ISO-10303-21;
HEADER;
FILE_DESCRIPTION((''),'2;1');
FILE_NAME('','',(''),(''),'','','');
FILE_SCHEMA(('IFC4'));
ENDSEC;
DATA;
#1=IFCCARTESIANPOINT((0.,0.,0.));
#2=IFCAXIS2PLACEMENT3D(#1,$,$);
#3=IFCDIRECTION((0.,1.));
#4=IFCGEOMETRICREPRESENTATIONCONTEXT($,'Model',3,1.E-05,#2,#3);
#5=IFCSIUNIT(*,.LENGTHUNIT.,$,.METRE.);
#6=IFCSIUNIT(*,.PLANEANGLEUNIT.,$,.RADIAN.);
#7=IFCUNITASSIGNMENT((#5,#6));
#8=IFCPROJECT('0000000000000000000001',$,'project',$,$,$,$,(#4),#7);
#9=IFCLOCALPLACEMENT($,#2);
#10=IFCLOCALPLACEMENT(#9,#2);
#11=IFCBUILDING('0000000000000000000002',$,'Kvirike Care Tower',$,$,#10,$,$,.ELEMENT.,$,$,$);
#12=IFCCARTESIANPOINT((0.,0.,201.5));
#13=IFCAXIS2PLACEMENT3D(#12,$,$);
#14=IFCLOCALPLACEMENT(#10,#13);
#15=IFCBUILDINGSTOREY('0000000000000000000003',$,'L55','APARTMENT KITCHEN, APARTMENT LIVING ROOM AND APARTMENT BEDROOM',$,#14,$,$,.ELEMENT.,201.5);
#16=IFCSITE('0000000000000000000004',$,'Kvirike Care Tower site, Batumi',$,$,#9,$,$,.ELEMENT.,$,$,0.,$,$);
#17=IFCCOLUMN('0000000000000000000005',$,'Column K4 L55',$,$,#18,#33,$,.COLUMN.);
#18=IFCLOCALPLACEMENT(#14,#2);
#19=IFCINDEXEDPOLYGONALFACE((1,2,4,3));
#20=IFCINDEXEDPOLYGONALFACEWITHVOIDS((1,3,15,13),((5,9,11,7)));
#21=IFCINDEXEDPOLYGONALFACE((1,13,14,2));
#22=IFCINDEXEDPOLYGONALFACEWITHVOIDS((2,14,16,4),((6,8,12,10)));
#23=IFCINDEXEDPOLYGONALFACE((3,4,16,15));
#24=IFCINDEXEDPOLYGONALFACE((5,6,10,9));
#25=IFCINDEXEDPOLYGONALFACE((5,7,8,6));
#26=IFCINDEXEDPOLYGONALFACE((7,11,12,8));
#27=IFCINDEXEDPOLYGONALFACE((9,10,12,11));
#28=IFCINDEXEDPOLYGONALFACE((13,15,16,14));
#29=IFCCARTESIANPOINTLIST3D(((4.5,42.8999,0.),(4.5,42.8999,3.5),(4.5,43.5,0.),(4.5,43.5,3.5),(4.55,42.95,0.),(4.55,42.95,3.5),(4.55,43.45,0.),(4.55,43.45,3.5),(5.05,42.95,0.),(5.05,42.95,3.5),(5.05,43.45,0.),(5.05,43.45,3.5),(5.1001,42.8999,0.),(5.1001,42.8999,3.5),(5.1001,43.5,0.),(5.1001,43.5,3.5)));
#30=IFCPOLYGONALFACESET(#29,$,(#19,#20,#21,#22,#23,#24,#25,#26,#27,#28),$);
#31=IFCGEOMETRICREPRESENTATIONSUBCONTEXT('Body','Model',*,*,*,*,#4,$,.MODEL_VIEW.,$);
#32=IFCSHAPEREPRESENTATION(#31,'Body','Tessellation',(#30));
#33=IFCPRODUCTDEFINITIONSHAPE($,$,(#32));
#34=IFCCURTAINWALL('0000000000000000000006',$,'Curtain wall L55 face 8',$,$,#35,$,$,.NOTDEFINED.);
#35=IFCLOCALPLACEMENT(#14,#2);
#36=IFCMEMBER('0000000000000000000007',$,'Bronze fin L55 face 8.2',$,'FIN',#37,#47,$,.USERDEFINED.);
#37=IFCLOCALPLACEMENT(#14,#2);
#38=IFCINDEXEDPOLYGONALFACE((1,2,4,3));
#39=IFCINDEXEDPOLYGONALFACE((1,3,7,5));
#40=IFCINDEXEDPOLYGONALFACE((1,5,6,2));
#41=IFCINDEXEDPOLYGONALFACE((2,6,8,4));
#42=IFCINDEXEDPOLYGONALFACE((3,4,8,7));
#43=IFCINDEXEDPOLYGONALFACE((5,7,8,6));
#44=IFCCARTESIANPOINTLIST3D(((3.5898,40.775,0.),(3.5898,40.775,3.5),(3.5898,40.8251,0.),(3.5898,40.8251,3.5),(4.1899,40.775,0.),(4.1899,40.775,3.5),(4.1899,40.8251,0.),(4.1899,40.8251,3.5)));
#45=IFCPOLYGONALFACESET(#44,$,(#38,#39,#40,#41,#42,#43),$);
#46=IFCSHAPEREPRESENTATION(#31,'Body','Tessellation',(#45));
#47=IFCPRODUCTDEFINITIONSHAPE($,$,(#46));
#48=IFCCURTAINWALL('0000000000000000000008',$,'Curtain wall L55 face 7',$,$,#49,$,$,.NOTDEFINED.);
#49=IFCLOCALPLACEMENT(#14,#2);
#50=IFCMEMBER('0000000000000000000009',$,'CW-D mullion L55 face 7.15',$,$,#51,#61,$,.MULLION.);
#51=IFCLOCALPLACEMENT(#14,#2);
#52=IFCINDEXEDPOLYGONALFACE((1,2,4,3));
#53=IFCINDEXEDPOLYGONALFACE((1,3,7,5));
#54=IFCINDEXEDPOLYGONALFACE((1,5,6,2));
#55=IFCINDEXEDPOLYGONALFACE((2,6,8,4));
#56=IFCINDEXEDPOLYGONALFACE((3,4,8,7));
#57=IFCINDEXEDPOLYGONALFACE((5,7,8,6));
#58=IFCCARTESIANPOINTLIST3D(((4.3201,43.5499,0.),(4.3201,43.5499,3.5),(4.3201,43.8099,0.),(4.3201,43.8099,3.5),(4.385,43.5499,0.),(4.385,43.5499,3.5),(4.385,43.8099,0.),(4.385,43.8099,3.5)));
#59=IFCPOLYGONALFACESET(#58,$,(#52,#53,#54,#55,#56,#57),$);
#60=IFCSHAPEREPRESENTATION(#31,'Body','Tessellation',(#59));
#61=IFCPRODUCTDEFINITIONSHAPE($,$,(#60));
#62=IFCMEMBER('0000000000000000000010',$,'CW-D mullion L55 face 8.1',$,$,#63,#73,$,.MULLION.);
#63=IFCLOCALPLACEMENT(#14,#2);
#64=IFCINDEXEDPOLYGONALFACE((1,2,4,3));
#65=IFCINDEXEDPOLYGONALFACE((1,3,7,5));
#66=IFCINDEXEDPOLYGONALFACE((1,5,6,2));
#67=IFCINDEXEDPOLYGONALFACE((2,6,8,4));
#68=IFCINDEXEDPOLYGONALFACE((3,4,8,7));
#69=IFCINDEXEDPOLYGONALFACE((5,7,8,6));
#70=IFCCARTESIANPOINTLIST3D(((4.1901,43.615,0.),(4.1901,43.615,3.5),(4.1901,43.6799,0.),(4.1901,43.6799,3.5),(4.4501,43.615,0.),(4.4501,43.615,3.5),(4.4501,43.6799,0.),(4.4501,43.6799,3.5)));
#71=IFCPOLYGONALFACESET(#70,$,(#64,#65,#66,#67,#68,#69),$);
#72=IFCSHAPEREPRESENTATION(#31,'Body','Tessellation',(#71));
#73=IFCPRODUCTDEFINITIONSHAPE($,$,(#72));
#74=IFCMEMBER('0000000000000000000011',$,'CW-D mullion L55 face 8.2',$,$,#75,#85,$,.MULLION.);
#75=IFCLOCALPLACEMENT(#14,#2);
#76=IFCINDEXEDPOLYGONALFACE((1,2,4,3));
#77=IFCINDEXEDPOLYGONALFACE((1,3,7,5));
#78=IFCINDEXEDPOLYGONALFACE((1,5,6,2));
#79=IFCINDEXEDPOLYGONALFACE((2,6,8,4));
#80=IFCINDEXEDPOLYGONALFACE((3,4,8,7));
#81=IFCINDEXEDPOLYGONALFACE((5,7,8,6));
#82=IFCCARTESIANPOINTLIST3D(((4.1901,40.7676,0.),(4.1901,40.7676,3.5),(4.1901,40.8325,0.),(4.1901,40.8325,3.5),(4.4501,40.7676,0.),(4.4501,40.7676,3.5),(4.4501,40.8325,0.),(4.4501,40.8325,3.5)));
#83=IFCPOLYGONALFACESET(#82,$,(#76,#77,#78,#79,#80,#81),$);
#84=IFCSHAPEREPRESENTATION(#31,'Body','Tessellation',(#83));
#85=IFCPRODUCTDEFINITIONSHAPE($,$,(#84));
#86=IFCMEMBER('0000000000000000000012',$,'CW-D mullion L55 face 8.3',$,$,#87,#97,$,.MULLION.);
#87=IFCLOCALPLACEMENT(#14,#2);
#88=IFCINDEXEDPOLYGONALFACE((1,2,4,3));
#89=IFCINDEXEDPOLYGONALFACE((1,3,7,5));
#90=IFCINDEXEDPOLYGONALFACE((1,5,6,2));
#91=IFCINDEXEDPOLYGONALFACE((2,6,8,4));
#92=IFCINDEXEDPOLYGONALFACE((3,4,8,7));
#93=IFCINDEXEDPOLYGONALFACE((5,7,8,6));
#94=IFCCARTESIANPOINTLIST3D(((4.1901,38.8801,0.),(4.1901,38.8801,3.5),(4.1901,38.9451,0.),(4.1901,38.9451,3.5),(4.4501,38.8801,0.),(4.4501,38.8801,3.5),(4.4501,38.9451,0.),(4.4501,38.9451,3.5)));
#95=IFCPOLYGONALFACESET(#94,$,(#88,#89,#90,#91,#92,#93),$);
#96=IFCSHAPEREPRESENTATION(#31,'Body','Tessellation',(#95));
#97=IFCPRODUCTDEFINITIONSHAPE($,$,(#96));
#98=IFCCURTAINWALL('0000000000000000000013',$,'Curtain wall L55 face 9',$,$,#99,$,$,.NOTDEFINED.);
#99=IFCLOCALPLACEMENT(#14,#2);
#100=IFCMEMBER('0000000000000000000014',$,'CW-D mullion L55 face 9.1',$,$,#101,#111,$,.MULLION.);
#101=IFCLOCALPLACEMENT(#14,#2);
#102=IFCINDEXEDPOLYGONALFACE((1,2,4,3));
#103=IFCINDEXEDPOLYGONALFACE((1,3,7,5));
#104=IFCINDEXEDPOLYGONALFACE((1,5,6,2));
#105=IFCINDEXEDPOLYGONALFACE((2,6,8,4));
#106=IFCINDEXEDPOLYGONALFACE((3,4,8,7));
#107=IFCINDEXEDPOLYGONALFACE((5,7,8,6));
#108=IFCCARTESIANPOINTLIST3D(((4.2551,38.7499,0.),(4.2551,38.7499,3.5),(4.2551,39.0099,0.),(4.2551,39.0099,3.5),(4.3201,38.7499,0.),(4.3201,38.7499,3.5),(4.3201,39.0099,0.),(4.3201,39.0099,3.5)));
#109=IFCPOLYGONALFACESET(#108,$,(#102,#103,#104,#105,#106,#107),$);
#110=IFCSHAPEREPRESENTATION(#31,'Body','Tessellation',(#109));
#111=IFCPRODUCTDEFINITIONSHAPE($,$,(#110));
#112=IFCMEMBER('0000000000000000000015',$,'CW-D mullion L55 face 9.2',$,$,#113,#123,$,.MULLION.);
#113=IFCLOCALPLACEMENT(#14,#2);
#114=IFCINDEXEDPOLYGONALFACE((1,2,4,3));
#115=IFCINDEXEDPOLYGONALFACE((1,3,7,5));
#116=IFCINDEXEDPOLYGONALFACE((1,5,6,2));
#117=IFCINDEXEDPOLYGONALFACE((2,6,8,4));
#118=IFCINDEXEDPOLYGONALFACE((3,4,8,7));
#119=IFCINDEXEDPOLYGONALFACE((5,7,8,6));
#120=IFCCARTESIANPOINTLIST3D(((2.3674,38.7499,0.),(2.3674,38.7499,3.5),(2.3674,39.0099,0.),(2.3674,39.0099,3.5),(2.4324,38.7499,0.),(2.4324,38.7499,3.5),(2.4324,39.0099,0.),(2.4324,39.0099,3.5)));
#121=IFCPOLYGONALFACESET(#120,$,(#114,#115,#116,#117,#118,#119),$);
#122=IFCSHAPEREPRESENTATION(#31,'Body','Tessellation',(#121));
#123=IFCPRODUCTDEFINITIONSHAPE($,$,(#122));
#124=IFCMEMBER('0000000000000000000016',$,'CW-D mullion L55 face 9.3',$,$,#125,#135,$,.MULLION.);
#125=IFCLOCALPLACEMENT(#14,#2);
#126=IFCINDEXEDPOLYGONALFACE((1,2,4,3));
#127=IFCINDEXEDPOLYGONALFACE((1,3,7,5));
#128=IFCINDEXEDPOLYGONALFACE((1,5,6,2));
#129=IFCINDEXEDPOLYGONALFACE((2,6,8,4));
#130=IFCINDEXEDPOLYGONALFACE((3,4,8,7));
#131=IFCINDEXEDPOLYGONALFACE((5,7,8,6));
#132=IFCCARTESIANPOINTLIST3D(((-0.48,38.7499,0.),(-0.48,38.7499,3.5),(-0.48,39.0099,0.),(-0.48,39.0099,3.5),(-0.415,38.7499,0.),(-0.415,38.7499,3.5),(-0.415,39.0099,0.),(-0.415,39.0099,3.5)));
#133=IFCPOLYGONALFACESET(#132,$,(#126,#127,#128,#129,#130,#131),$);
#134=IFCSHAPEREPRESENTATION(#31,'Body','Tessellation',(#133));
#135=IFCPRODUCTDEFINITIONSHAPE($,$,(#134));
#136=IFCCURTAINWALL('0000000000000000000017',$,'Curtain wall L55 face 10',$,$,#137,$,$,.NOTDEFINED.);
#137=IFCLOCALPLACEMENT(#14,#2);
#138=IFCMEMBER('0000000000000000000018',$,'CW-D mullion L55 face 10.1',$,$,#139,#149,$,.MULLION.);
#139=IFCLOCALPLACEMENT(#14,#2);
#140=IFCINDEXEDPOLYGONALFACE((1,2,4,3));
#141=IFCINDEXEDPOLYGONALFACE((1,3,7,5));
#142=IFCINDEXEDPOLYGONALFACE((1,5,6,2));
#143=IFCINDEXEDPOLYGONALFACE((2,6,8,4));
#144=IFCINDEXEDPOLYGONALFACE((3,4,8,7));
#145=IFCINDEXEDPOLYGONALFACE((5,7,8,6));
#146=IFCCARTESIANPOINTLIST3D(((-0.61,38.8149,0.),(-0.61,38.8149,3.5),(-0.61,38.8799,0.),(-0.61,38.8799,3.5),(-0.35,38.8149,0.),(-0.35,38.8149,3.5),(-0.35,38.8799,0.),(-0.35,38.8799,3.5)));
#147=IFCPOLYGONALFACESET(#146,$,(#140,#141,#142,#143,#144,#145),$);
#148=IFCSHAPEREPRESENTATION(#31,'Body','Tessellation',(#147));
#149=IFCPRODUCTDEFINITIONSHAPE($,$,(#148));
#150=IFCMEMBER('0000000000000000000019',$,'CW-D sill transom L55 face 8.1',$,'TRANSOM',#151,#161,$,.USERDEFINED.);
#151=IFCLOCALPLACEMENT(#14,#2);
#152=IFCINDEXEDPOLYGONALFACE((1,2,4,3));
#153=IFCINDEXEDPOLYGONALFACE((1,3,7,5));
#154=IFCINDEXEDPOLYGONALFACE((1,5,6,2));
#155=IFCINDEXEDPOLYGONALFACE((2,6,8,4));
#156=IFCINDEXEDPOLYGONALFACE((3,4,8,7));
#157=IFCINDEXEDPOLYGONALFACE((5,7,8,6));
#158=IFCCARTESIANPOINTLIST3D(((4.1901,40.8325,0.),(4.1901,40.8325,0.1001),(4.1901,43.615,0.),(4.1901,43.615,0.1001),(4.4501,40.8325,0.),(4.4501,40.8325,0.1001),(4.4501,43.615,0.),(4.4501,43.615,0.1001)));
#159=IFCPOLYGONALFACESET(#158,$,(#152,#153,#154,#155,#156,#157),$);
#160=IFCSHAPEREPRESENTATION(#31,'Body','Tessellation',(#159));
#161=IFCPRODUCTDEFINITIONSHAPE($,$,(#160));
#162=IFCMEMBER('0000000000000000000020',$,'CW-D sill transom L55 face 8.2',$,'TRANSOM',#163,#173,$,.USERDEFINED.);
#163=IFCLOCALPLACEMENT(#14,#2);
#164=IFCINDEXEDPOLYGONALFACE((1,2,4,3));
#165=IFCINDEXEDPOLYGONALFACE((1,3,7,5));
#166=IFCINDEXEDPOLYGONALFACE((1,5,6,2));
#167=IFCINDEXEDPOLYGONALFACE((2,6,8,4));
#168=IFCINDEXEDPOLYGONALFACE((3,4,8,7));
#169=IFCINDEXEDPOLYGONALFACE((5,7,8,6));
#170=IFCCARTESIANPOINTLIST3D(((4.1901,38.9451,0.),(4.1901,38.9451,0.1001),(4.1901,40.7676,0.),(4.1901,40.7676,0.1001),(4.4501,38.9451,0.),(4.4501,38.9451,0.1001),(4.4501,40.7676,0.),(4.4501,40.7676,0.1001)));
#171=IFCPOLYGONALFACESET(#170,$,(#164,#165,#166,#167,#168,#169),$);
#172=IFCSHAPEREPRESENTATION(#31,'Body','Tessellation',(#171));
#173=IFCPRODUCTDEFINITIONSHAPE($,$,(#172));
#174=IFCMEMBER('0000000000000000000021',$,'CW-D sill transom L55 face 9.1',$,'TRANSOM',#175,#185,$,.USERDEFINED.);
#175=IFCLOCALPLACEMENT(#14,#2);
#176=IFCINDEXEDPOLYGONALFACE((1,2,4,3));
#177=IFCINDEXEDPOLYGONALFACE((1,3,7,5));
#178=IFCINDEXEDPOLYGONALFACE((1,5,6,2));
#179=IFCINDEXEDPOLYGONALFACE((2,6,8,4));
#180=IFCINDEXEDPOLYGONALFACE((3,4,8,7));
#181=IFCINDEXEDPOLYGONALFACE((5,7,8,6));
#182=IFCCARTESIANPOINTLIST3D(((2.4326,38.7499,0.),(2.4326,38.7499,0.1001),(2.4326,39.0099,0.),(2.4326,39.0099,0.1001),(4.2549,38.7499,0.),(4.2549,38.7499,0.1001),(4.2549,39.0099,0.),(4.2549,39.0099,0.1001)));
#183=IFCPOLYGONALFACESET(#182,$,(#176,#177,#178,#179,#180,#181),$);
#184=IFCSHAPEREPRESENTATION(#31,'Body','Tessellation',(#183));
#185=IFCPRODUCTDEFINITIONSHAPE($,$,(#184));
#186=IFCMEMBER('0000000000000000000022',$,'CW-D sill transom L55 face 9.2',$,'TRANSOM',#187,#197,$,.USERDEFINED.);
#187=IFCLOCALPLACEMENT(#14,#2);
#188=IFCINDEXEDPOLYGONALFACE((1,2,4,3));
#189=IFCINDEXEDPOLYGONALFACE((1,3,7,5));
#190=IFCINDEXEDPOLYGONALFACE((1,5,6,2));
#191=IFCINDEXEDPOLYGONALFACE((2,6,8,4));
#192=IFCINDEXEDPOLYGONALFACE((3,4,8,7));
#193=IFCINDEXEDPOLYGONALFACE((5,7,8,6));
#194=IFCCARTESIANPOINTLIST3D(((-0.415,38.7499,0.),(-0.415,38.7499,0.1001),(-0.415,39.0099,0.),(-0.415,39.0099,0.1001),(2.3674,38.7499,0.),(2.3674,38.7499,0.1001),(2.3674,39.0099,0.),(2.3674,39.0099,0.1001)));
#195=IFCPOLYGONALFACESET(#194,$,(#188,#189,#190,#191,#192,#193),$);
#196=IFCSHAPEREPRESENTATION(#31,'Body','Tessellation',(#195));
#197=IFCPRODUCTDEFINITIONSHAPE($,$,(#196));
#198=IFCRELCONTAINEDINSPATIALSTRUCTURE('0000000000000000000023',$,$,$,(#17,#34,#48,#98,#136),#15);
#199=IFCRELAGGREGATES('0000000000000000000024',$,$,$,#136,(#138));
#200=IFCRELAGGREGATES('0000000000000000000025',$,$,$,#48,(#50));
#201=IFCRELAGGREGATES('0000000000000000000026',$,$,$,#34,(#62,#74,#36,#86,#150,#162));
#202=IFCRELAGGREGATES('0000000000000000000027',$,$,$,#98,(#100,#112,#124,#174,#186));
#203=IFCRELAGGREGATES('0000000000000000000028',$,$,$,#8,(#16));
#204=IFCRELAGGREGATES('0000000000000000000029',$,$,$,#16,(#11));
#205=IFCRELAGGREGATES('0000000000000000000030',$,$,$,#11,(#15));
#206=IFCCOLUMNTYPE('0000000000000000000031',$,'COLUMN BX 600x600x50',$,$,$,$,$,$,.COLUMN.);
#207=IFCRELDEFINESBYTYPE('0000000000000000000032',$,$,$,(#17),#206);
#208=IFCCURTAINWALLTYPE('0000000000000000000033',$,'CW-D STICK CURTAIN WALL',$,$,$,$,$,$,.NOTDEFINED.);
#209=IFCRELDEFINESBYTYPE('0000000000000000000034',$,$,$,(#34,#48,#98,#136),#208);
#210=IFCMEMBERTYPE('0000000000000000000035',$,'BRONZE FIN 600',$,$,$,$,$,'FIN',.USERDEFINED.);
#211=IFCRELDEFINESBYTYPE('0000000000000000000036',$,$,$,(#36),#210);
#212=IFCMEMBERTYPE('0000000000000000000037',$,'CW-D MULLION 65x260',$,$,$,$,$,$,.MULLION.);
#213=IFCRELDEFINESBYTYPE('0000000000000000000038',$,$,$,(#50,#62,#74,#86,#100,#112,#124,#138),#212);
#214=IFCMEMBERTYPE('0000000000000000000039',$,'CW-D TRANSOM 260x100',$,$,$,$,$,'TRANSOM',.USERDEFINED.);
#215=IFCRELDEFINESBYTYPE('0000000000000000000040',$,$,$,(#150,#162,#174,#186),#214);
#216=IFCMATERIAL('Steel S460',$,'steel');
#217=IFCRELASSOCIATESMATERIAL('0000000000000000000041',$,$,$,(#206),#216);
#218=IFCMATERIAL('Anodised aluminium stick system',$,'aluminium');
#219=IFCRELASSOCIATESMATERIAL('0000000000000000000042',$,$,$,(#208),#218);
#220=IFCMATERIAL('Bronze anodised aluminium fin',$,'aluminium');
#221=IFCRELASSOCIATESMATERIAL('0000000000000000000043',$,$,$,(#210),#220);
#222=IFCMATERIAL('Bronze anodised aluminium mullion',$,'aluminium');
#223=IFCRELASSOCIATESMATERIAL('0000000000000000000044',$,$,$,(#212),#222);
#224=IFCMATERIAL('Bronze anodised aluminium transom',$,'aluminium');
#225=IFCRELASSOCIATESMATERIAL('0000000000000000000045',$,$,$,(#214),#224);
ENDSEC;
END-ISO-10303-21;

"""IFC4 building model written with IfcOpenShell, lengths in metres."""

from ifc_helpers import new_model, si_unit, direction, frame, origin, origin_2d, place, context, subcontext, project, spatial, rectangle, hollow_rectangle, extrude, material, material_profile, profile_set, type_object, element, aggregate, save


model = new_model("IFC4")

# Units and contexts
model_context = context("Model", 3, precision=1e-05, world=origin(), true_north=direction((0.0, 1.0)))
body_context = subcontext(model_context, "Body", "Model", "MODEL_VIEW")
ifc_project = project(units=[si_unit("LENGTHUNIT", "METRE"), si_unit("PLANEANGLEUNIT", "RADIAN")], contexts=[model_context])

# Site, building, storey
site_placement = place(None, origin())
site = spatial("IfcSite", under=ifc_project, at=site_placement, Name="Kvirike Care Tower site, Batumi", CompositionType="ELEMENT", RefElevation=0.0)
building_placement = place(site_placement, origin())
building = spatial("IfcBuilding", under=site, at=building_placement, Name="Kvirike Care Tower", CompositionType="ELEMENT")
storey_placement = place(building_placement, frame((0.0, 0.0, 201.5)))
storey = spatial("IfcBuildingStorey", under=building, at=storey_placement, Name="L55", Description="APARTMENT KITCHEN, APARTMENT LIVING ROOM AND APARTMENT BEDROOM", CompositionType="ELEMENT", Elevation=201.5)

# Column
ifc_material_1 = material(Name="Steel S460", Category="steel")
ifc_material_profile_1 = material_profile(ifc_material_1, hollow_rectangle(XDim=0.6001, YDim=0.6001, WallThickness=0.05, at=origin_2d()), Name="BX 600x600x50")
ifc_profile_set_1 = profile_set([ifc_material_profile_1], Name="Steel S460")
column_type = type_object("IfcColumnType", Name="COLUMN BX 600x600x50", PredefinedType="COLUMN", material=ifc_profile_set_1)
column_placement = place(storey_placement, frame((4.8, 43.2, 0.0), z_axis=(0.0, 0.0, 1.0), x_axis=(0.0, 1.0, 0.0)))
element("IfcColumn", 1, at=column_placement, inside=storey, type_object=column_type, Name="Column K4 L55", PredefinedType="COLUMN", context=body_context, shape_type="SweptSolid", body=[
    extrude(hollow_rectangle(XDim=0.6001, YDim=0.6001, WallThickness=0.05, at=origin_2d()), origin(), (0.0, 0.0, 1.0), 3.5),
])

# Curtain walls, members
ifc_material_2 = material(Name="Anodised aluminium stick system", Category="aluminium")
curtain_wall_type = type_object("IfcCurtainWallType", Name="CW-D STICK CURTAIN WALL", PredefinedType="NOTDEFINED", material=ifc_material_2)
curtain_wall_1_placement = place(storey_placement, origin())
curtain_wall_1 = element("IfcCurtainWall", 2, at=curtain_wall_1_placement, inside=storey, type_object=curtain_wall_type, Name="Curtain wall L55 face 8", PredefinedType="NOTDEFINED")
ifc_material_3 = material(Name="Bronze anodised aluminium fin", Category="aluminium")
ifc_material_profile_2 = material_profile(ifc_material_3, rectangle(XDim=0.05, YDim=0.6001, at=origin_2d()), Name="BRONZE FIN 600")
ifc_profile_set_2 = profile_set([ifc_material_profile_2], Name="Bronze anodised aluminium fin")
member_type_1 = type_object("IfcMemberType", Name="BRONZE FIN 600", ElementType="FIN", PredefinedType="USERDEFINED", material=ifc_profile_set_2)
member_1_placement = place(storey_placement, frame((3.8899, 40.8, 0.0), z_axis=(0.0, 0.0, 1.0), x_axis=(0.0, -1.0, 0.0)))
member_1 = element("IfcMember", 3, at=member_1_placement, type_object=member_type_1, Name="Bronze fin L55 face 8.2", ObjectType="FIN", PredefinedType="USERDEFINED", context=body_context, shape_type="SweptSolid", body=[
    extrude(rectangle(XDim=0.05, YDim=0.6001, at=origin_2d()), origin(), (0.0, 0.0, 1.0), 3.5),
])
curtain_wall_2_placement = place(storey_placement, origin())
curtain_wall_2 = element("IfcCurtainWall", 4, at=curtain_wall_2_placement, inside=storey, type_object=curtain_wall_type, Name="Curtain wall L55 face 7", PredefinedType="NOTDEFINED")
ifc_material_4 = material(Name="Bronze anodised aluminium mullion", Category="aluminium")
ifc_material_profile_3 = material_profile(ifc_material_4, rectangle(XDim=0.0649, YDim=0.26, at=origin_2d()), Name="CW-D MULLION 65x260")
ifc_profile_set_3 = profile_set([ifc_material_profile_3], Name="Bronze anodised aluminium mullion")
member_type_2 = type_object("IfcMemberType", Name="CW-D MULLION 65x260", PredefinedType="MULLION", material=ifc_profile_set_3)
member_2_placement = place(storey_placement, frame((4.3525, 43.6799, 0.0), z_axis=(0.0, 0.0, 1.0), x_axis=(-1.0, 0.0, 0.0)))
member_2 = element("IfcMember", 5, at=member_2_placement, type_object=member_type_2, Name="CW-D mullion L55 face 7.15", PredefinedType="MULLION", context=body_context, shape_type="SweptSolid", body=[
    extrude(rectangle(XDim=0.0649, YDim=0.26, at=origin_2d()), origin(), (0.0, 0.0, 1.0), 3.5),
])

# Members
member_3_placement = place(storey_placement, frame((4.3201, 43.6475, 0.0), z_axis=(0.0, 0.0, 1.0), x_axis=(0.0, -1.0, 0.0)))
member_3 = element("IfcMember", 6, at=member_3_placement, type_object=member_type_2, Name="CW-D mullion L55 face 8.1", PredefinedType="MULLION", context=body_context, shape_type="SweptSolid", body=[
    extrude(rectangle(XDim=0.0649, YDim=0.26, at=origin_2d()), origin(), (0.0, 0.0, 1.0), 3.5),
])
member_4_placement = place(storey_placement, frame((4.3201, 40.8, 0.0), z_axis=(0.0, 0.0, 1.0), x_axis=(0.0, -1.0, 0.0)))
member_4 = element("IfcMember", 7, at=member_4_placement, type_object=member_type_2, Name="CW-D mullion L55 face 8.2", PredefinedType="MULLION", context=body_context, shape_type="SweptSolid", body=[
    extrude(rectangle(XDim=0.0649, YDim=0.26, at=origin_2d()), origin(), (0.0, 0.0, 1.0), 3.5),
])
member_5_placement = place(storey_placement, frame((4.3201, 38.9126, 0.0), z_axis=(0.0, 0.0, 1.0), x_axis=(0.0, -1.0, 0.0)))
member_5 = element("IfcMember", 8, at=member_5_placement, type_object=member_type_2, Name="CW-D mullion L55 face 8.3", PredefinedType="MULLION", context=body_context, shape_type="SweptSolid", body=[
    extrude(rectangle(XDim=0.0649, YDim=0.26, at=origin_2d()), origin(), (0.0, 0.0, 1.0), 3.5),
])

# Curtain wall, members
curtain_wall_3_placement = place(storey_placement, origin())
curtain_wall_3 = element("IfcCurtainWall", 9, at=curtain_wall_3_placement, inside=storey, type_object=curtain_wall_type, Name="Curtain wall L55 face 9", PredefinedType="NOTDEFINED")
member_6_placement = place(storey_placement, frame((4.2876, 38.8799, 0.0), z_axis=(0.0, 0.0, 1.0), x_axis=(-1.0, 0.0, 0.0)))
member_6 = element("IfcMember", 10, at=member_6_placement, type_object=member_type_2, Name="CW-D mullion L55 face 9.1", PredefinedType="MULLION", context=body_context, shape_type="SweptSolid", body=[
    extrude(rectangle(XDim=0.0649, YDim=0.26, at=origin_2d()), origin(), (0.0, 0.0, 1.0), 3.5),
])
member_7_placement = place(storey_placement, frame((2.3999, 38.8799, 0.0), z_axis=(0.0, 0.0, 1.0), x_axis=(-1.0, 0.0, 0.0)))
member_7 = element("IfcMember", 11, at=member_7_placement, type_object=member_type_2, Name="CW-D mullion L55 face 9.2", PredefinedType="MULLION", context=body_context, shape_type="SweptSolid", body=[
    extrude(rectangle(XDim=0.0649, YDim=0.26, at=origin_2d()), origin(), (0.0, 0.0, 1.0), 3.5),
])
member_8_placement = place(storey_placement, frame((-0.4475, 38.8799, 0.0), z_axis=(0.0, 0.0, 1.0), x_axis=(-1.0, 0.0, 0.0)))
member_8 = element("IfcMember", 12, at=member_8_placement, type_object=member_type_2, Name="CW-D mullion L55 face 9.3", PredefinedType="MULLION", context=body_context, shape_type="SweptSolid", body=[
    extrude(rectangle(XDim=0.0649, YDim=0.26, at=origin_2d()), origin(), (0.0, 0.0, 1.0), 3.5),
])

# Curtain wall, member
curtain_wall_4_placement = place(storey_placement, origin())
curtain_wall_4 = element("IfcCurtainWall", 13, at=curtain_wall_4_placement, inside=storey, type_object=curtain_wall_type, Name="Curtain wall L55 face 10", PredefinedType="NOTDEFINED")
member_9_placement = place(storey_placement, frame((-0.48, 38.8474, 0.0), z_axis=(0.0, 0.0, 1.0), x_axis=(0.0, -1.0, 0.0)))
member_9 = element("IfcMember", 14, at=member_9_placement, type_object=member_type_2, Name="CW-D mullion L55 face 10.1", PredefinedType="MULLION", context=body_context, shape_type="SweptSolid", body=[
    extrude(rectangle(XDim=0.0649, YDim=0.26, at=origin_2d()), origin(), (0.0, 0.0, 1.0), 3.5),
])

# Members
ifc_material_5 = material(Name="Bronze anodised aluminium transom", Category="aluminium")
ifc_material_profile_4 = material_profile(ifc_material_5, rectangle(XDim=0.26, YDim=0.1001, at=origin_2d()), Name="CW-D TRANSOM 260x100")
ifc_profile_set_4 = profile_set([ifc_material_profile_4], Name="Bronze anodised aluminium transom")
member_type_3 = type_object("IfcMemberType", Name="CW-D TRANSOM 260x100", ElementType="TRANSOM", PredefinedType="USERDEFINED", material=ifc_profile_set_4)
member_10_placement = place(storey_placement, frame((4.3201, 43.615, 0.05), z_axis=(0.0, -1.0, 0.0), x_axis=(1.0, 0.0, 0.0)))
member_10 = element("IfcMember", 15, at=member_10_placement, type_object=member_type_3, Name="CW-D sill transom L55 face 8.1", ObjectType="TRANSOM", PredefinedType="USERDEFINED", context=body_context, shape_type="SweptSolid", body=[
    extrude(rectangle(XDim=0.26, YDim=0.1001, at=origin_2d()), origin(), (0.0, 0.0, 1.0), 2.7825),
])
member_11_placement = place(storey_placement, frame((4.3201, 40.7676, 0.05), z_axis=(0.0, -1.0, 0.0), x_axis=(1.0, 0.0, 0.0)))
member_11 = element("IfcMember", 16, at=member_11_placement, type_object=member_type_3, Name="CW-D sill transom L55 face 8.2", ObjectType="TRANSOM", PredefinedType="USERDEFINED", context=body_context, shape_type="SweptSolid", body=[
    extrude(rectangle(XDim=0.26, YDim=0.1001, at=origin_2d()), origin(), (0.0, 0.0, 1.0), 1.8225),
])
member_12_placement = place(storey_placement, frame((4.2549, 38.8799, 0.05), z_axis=(-1.0, 0.0, 0.0), x_axis=(0.0, -1.0, 0.0)))
member_12 = element("IfcMember", 17, at=member_12_placement, type_object=member_type_3, Name="CW-D sill transom L55 face 9.1", ObjectType="TRANSOM", PredefinedType="USERDEFINED", context=body_context, shape_type="SweptSolid", body=[
    extrude(rectangle(XDim=0.26, YDim=0.1001, at=origin_2d()), origin(), (0.0, 0.0, 1.0), 1.8223),
])
member_13_placement = place(storey_placement, frame((2.3674, 38.8799, 0.05), z_axis=(-1.0, 0.0, 0.0), x_axis=(0.0, -1.0, 0.0)))
member_13 = element("IfcMember", 18, at=member_13_placement, type_object=member_type_3, Name="CW-D sill transom L55 face 9.2", ObjectType="TRANSOM", PredefinedType="USERDEFINED", context=body_context, shape_type="SweptSolid", body=[
    extrude(rectangle(XDim=0.26, YDim=0.1001, at=origin_2d()), origin(), (0.0, 0.0, 1.0), 2.7825),
])
aggregate(curtain_wall_4, [member_9])

aggregate(curtain_wall_2, [member_2])
aggregate(curtain_wall_1, [member_3, member_4, member_1, member_5, member_10, member_11])
aggregate(curtain_wall_3, [member_6, member_7, member_8, member_12, member_13])

save(model, "model.ifc")
